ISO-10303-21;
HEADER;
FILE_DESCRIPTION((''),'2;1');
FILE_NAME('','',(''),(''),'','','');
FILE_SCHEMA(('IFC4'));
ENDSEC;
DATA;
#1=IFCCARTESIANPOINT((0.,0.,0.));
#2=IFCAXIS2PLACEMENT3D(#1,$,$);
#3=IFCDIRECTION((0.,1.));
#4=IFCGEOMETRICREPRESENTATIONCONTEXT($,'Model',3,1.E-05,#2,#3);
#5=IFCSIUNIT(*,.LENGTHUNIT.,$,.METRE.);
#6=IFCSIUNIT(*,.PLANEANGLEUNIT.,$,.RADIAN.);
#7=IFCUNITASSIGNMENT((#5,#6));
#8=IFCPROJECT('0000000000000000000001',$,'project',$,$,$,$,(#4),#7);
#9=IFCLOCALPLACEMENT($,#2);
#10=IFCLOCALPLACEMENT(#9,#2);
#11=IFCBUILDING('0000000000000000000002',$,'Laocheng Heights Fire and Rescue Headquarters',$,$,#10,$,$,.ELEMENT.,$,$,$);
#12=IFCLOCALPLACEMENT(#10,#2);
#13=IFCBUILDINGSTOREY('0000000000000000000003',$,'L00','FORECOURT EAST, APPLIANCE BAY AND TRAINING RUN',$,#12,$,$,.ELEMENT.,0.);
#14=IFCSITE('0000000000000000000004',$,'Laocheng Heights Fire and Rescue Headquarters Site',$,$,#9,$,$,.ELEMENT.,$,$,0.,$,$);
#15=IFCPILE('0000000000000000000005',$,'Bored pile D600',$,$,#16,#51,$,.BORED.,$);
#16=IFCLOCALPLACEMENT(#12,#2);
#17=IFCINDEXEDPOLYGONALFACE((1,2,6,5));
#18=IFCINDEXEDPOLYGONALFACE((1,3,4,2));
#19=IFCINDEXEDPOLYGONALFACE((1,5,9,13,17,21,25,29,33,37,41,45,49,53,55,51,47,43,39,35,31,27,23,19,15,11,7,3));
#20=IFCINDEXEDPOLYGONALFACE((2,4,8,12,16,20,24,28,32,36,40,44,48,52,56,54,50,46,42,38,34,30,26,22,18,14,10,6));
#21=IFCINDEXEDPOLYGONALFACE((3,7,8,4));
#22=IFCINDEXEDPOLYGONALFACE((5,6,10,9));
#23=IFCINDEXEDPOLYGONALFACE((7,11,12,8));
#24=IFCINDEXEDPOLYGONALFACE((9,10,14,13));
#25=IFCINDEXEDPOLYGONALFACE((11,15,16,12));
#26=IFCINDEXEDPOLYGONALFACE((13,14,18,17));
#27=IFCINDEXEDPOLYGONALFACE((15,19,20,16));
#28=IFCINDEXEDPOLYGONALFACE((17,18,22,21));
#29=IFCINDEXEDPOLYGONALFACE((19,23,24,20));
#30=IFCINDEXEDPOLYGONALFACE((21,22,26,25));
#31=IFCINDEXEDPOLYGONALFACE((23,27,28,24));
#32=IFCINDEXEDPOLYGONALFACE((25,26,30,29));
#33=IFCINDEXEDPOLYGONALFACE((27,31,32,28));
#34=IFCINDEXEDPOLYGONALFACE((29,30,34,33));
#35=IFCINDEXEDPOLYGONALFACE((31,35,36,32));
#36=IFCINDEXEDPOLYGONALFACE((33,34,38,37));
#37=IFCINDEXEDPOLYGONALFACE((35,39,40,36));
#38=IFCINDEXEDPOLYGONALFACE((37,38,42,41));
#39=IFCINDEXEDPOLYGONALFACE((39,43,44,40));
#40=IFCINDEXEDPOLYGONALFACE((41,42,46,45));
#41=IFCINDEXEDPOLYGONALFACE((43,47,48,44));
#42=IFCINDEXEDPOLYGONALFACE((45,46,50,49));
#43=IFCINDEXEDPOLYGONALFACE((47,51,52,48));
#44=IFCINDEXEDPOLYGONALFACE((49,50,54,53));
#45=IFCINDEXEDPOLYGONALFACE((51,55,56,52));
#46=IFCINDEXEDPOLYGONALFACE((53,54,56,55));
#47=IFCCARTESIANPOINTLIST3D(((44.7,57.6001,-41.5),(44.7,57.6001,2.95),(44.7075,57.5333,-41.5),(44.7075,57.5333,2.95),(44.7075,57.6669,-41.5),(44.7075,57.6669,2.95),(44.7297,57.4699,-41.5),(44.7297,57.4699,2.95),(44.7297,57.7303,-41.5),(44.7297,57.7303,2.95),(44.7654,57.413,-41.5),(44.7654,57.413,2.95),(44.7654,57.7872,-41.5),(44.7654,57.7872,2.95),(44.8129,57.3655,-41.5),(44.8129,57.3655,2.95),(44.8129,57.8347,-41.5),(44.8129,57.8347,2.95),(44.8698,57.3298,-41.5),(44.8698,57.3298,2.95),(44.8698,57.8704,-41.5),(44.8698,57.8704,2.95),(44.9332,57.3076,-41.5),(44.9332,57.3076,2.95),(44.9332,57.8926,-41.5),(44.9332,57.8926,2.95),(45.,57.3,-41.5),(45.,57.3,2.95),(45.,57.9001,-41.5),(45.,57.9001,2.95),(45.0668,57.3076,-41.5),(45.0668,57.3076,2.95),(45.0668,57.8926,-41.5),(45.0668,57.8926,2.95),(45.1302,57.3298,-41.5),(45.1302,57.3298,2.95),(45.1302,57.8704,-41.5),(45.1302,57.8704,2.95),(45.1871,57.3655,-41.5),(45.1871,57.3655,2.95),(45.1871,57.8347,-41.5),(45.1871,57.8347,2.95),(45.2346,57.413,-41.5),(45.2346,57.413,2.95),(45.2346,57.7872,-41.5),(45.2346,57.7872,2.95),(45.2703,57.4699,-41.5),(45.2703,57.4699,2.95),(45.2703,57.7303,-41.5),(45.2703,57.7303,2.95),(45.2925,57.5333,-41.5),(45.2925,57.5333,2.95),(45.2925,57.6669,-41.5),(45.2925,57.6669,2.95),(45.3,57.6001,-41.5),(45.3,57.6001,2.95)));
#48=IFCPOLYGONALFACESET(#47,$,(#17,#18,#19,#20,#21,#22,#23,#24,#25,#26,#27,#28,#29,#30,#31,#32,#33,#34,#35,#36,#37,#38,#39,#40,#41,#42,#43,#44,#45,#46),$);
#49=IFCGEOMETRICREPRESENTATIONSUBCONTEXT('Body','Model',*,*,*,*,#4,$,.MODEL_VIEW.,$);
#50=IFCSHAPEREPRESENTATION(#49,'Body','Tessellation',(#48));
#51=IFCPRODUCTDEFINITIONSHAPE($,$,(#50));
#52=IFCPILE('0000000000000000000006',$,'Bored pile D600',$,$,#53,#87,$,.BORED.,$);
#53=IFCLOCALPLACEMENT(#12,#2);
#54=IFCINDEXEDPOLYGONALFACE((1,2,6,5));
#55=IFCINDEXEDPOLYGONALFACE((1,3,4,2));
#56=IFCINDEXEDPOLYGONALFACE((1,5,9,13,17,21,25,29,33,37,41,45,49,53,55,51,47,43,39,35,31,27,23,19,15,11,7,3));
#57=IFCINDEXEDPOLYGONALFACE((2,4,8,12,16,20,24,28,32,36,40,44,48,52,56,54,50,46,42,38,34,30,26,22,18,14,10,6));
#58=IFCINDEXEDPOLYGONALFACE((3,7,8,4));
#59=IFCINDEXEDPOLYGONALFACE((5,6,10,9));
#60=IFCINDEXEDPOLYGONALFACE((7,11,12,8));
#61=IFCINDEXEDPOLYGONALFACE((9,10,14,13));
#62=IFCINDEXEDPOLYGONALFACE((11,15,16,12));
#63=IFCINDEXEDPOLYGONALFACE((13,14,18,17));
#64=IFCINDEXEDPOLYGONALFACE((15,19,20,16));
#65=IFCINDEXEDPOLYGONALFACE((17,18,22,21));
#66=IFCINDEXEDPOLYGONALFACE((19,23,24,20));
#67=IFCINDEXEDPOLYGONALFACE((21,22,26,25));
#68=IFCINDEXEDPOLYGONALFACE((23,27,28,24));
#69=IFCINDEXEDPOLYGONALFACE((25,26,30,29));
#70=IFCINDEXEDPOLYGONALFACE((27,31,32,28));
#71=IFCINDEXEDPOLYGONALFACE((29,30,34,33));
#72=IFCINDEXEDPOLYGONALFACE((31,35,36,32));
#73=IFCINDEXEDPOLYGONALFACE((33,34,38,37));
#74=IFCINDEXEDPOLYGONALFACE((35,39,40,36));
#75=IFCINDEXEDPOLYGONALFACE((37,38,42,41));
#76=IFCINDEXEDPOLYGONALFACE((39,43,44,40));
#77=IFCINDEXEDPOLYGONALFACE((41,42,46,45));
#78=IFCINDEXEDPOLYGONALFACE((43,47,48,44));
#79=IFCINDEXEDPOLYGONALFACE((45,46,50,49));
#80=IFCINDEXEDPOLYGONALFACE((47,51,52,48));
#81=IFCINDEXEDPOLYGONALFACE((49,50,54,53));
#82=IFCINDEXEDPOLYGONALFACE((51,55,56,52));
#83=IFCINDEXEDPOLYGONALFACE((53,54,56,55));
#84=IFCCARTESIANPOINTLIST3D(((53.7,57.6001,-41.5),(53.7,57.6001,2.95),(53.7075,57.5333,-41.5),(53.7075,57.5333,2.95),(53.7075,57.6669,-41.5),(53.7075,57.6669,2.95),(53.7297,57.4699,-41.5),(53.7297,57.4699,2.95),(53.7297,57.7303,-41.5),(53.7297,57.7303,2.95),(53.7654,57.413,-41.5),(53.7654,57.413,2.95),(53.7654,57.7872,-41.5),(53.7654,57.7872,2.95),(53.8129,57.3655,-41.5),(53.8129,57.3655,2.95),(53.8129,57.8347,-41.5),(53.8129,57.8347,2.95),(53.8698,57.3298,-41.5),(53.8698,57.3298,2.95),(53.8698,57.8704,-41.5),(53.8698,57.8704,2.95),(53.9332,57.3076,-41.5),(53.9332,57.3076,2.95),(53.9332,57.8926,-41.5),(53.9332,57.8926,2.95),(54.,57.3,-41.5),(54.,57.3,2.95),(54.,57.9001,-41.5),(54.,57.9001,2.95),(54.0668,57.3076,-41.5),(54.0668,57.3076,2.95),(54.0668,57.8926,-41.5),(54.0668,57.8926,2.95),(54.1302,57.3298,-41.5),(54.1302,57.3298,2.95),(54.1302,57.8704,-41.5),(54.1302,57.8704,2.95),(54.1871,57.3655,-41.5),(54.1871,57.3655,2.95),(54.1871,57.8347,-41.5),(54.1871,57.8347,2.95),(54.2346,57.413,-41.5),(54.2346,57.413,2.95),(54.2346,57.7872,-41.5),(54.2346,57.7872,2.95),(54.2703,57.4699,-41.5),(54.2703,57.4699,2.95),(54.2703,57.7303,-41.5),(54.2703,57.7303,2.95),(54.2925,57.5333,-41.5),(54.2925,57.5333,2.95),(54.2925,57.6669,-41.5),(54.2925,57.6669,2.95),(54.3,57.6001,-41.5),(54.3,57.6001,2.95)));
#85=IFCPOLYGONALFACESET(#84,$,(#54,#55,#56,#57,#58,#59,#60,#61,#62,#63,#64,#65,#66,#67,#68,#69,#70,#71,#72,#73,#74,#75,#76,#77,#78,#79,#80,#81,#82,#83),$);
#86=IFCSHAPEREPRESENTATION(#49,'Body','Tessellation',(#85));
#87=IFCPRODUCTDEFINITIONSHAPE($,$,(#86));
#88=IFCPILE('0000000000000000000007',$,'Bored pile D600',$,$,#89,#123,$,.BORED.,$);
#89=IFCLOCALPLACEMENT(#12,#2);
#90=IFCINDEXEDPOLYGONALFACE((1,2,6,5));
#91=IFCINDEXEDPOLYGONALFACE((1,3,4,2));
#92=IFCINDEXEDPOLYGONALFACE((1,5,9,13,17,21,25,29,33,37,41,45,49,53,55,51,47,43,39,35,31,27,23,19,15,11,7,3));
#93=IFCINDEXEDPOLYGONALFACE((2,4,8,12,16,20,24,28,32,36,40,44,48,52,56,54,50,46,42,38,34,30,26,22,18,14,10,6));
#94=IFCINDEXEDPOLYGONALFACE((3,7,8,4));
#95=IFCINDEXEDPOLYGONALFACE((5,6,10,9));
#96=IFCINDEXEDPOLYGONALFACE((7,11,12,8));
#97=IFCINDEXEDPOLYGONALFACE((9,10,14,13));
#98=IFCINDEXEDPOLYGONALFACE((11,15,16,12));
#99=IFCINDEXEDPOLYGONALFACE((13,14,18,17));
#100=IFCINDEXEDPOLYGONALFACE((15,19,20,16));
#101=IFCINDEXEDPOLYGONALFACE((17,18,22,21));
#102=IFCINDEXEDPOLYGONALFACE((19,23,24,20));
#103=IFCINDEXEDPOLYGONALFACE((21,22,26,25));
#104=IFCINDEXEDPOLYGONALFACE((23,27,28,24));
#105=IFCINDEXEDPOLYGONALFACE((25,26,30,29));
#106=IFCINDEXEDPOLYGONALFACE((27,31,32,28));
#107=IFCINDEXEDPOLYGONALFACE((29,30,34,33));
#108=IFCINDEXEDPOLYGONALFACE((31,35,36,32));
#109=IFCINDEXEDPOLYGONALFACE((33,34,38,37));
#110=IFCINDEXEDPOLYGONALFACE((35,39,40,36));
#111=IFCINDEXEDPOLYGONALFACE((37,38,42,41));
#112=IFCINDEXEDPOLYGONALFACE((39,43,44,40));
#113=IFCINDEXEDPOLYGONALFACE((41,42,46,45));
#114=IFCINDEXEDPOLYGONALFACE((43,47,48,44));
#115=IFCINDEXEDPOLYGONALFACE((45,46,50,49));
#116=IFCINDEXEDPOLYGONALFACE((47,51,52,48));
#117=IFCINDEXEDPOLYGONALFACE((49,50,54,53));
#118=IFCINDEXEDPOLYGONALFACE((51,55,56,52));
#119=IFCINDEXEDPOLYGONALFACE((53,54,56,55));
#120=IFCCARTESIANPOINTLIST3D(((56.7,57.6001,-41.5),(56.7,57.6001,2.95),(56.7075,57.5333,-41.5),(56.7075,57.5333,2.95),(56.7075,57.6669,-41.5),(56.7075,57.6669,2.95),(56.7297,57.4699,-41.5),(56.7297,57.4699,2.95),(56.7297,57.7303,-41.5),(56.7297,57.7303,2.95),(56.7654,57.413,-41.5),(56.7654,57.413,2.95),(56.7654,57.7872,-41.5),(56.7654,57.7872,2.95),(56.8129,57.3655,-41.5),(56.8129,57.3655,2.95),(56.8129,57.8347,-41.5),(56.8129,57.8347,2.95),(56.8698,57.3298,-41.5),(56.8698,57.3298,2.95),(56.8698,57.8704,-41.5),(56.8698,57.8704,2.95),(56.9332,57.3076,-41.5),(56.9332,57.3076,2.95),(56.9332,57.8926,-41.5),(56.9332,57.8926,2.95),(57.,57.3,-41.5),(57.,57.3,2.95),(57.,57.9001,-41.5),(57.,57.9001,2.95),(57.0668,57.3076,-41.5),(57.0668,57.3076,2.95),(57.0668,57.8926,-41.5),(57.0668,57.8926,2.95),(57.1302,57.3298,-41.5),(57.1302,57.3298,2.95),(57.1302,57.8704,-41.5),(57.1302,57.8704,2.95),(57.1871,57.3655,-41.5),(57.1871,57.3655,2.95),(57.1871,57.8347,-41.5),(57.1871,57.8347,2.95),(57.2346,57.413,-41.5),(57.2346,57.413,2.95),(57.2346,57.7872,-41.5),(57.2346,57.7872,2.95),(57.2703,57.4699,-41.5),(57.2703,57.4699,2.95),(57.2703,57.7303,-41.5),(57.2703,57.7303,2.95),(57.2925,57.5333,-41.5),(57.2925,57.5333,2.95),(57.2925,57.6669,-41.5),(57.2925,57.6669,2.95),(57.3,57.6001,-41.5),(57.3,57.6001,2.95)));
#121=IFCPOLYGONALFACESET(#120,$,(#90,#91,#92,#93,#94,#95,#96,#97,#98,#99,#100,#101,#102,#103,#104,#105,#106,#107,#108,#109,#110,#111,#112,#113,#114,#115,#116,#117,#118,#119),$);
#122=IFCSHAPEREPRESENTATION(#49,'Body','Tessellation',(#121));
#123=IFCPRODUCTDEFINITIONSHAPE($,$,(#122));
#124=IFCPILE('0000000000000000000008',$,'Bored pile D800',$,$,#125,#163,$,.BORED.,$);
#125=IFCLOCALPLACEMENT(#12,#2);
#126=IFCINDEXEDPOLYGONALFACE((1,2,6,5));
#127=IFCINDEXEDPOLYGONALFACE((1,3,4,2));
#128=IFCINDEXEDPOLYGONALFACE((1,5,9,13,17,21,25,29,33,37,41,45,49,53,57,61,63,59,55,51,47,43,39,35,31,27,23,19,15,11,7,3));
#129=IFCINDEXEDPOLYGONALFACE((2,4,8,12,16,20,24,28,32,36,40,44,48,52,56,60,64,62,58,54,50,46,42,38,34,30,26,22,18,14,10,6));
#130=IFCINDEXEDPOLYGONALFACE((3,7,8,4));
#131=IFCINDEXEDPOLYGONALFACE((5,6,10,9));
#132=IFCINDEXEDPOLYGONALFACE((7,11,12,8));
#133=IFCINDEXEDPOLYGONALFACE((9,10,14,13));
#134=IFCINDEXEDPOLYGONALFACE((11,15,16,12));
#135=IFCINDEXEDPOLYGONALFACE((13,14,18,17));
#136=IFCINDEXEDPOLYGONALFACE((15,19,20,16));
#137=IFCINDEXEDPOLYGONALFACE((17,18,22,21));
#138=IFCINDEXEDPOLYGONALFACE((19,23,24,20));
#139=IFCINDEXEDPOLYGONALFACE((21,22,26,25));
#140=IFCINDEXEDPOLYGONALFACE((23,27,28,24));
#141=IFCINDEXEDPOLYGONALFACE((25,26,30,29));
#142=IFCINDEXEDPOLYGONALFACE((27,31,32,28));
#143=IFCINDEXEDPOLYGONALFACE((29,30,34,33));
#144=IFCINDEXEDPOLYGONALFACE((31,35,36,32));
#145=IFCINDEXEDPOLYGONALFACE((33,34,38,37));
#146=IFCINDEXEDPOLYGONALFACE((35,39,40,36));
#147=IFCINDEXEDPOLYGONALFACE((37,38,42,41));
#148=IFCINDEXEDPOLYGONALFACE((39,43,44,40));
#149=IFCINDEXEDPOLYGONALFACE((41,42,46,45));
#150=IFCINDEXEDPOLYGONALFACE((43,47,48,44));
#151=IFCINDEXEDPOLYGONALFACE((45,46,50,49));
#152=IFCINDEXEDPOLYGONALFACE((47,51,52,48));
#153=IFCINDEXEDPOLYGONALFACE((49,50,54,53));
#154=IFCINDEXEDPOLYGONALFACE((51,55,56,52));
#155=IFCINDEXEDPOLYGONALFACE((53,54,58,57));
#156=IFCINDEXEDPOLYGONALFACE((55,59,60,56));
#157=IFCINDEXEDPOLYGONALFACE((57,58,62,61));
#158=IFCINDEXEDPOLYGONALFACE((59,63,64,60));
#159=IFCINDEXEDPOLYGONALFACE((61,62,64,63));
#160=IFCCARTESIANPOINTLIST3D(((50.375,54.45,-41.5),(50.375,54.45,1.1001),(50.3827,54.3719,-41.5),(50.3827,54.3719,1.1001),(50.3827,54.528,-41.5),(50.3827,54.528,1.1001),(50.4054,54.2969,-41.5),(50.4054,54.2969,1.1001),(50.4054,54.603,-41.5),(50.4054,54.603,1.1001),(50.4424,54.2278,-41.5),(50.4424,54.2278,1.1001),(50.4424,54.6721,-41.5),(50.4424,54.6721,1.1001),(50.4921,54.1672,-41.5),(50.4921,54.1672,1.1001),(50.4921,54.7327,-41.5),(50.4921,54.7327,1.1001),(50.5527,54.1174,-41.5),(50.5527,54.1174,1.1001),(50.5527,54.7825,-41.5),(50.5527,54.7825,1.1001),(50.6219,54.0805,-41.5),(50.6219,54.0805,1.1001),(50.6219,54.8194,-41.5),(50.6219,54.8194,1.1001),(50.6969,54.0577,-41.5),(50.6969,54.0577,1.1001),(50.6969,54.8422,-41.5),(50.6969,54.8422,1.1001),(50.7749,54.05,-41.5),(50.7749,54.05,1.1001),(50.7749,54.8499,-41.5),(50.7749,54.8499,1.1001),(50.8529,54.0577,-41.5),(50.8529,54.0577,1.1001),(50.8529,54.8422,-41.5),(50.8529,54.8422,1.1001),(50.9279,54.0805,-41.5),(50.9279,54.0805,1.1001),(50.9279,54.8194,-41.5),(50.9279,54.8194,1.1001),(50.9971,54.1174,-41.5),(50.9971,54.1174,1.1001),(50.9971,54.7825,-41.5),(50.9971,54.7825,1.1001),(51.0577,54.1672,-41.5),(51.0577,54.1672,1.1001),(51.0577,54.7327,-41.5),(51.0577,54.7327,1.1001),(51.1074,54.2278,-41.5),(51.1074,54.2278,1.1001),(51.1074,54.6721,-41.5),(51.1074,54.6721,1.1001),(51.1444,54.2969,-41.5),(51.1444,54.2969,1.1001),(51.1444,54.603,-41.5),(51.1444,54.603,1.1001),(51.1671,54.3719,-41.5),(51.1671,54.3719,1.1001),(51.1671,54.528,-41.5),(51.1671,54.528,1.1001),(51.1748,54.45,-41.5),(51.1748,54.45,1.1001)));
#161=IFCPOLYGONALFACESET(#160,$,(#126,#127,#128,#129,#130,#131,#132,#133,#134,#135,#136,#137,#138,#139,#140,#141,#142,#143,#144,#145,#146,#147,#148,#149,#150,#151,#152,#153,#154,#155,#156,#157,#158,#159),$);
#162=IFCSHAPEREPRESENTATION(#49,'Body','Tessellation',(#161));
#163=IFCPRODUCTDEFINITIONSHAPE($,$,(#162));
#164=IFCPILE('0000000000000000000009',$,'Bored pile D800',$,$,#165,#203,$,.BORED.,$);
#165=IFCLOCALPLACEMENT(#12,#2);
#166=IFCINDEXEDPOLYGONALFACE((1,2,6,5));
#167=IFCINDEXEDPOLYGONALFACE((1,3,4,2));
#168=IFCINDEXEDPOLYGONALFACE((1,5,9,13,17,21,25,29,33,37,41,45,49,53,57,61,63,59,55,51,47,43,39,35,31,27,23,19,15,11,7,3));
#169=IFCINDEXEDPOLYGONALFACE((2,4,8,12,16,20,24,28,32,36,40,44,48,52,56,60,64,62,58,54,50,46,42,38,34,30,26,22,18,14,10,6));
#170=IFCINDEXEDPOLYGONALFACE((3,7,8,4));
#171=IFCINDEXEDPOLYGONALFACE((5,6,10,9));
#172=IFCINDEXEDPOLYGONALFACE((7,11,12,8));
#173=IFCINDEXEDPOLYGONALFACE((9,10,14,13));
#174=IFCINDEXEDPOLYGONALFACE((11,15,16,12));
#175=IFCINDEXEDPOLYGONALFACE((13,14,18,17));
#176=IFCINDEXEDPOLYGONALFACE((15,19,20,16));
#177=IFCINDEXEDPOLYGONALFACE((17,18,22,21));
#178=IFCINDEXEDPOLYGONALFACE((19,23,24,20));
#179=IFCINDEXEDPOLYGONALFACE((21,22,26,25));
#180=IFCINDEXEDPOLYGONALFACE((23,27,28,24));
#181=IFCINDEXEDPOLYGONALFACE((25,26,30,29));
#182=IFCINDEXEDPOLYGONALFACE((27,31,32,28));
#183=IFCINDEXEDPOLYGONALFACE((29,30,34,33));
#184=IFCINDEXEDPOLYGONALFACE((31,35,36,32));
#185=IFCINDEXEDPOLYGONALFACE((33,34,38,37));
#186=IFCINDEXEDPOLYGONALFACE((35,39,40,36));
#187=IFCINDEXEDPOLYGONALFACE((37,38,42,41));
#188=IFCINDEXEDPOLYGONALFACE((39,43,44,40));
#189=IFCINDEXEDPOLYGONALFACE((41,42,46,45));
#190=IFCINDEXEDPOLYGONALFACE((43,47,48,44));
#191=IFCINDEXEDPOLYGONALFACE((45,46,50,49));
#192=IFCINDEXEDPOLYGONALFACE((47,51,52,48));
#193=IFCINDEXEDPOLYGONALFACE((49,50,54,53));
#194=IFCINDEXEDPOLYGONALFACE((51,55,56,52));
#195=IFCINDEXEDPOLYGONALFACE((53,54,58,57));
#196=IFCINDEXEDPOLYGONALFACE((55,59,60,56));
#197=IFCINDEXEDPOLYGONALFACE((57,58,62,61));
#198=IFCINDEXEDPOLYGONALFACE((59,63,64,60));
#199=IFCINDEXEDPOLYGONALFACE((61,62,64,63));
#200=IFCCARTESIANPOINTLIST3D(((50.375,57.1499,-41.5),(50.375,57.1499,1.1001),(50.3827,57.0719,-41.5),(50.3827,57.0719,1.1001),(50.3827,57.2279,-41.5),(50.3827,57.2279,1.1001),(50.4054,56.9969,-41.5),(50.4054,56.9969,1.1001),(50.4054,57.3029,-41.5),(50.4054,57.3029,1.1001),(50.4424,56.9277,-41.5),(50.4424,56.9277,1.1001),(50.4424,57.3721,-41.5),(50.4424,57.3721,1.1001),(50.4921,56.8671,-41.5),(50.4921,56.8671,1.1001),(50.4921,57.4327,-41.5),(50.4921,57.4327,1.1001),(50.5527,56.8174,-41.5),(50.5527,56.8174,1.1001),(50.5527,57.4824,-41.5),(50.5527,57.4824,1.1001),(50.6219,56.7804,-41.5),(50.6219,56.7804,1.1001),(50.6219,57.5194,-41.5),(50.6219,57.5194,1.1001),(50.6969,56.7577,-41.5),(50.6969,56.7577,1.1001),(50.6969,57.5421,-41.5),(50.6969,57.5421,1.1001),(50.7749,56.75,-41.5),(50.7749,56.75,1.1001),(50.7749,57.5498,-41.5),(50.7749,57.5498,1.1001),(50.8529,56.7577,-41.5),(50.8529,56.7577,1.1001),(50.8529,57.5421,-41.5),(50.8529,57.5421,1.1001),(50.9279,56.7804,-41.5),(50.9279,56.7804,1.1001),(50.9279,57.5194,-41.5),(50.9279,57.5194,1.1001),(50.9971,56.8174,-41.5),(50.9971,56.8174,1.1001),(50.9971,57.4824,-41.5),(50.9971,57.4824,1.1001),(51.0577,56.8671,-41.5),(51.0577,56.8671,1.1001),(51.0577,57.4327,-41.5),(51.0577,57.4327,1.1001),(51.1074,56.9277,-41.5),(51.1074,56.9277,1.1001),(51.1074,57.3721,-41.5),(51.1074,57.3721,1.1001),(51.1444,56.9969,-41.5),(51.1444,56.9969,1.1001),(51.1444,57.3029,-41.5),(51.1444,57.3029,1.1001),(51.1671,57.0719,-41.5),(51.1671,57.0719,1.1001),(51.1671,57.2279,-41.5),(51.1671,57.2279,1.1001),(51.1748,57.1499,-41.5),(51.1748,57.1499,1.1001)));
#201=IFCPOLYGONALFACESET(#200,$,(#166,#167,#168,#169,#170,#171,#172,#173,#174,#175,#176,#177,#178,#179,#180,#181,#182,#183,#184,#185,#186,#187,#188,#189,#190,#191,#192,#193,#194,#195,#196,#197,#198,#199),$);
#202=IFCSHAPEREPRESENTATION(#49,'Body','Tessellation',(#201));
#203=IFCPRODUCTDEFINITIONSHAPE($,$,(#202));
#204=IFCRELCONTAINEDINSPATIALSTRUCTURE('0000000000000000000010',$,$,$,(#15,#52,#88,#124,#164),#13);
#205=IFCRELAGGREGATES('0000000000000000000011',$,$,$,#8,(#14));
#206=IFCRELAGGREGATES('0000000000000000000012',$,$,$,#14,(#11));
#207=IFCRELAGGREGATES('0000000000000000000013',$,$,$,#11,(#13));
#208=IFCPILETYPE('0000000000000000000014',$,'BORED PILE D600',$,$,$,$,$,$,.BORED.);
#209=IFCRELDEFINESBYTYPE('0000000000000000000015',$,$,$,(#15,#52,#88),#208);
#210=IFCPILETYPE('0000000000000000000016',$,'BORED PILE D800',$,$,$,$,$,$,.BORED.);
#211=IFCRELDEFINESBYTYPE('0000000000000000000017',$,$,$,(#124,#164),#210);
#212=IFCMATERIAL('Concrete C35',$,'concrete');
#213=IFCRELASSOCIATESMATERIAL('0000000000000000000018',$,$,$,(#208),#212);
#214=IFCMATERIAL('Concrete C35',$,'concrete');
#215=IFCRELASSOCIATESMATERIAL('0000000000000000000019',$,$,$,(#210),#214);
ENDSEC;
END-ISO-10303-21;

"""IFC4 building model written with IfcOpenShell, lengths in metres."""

from ifc_helpers import new_model, si_unit, direction, frame, origin, origin_2d, place, context, subcontext, project, spatial, circle, extrude, material, material_profile, profile_set, type_object, element, save


model = new_model("IFC4")

# Units and contexts
model_context = context("Model", 3, precision=1e-05, world=origin(), true_north=direction((0.0, 1.0)))
body_context = subcontext(model_context, "Body", "Model", "MODEL_VIEW")
ifc_project = project(units=[si_unit("LENGTHUNIT", "METRE"), si_unit("PLANEANGLEUNIT", "RADIAN")], contexts=[model_context])

# Site, building, storey
site_placement = place(None, origin())
site = spatial("IfcSite", under=ifc_project, at=site_placement, Name="Laocheng Heights Fire and Rescue Headquarters Site", CompositionType="ELEMENT", RefElevation=0.0)
building_placement = place(site_placement, origin())
building = spatial("IfcBuilding", under=site, at=building_placement, Name="Laocheng Heights Fire and Rescue Headquarters", CompositionType="ELEMENT")
storey_placement = place(building_placement, origin())
storey = spatial("IfcBuildingStorey", under=building, at=storey_placement, Name="L00", Description="FORECOURT EAST, APPLIANCE BAY AND TRAINING RUN", CompositionType="ELEMENT", Elevation=0.0)

# Piles
ifc_material_1 = material(Name="Concrete C35", Category="concrete")
ifc_material_profile_1 = material_profile(ifc_material_1, circle(Radius=0.3, at=origin_2d()), Name="BORED PILE D600")
ifc_profile_set_1 = profile_set([ifc_material_profile_1], Name="Concrete C35")
pile_type_1 = type_object("IfcPileType", Name="BORED PILE D600", PredefinedType="BORED", material=ifc_profile_set_1)
for number, where, z_axis, x_axis, name in (
    (1, (45.0, 57.6001, 2.95), (0.0, 0.0, -1.0), (1.0, 0.0, 0.0), "Bored pile D600"),
    (2, (54.0, 57.6001, 2.95), (0.0, 0.0, -1.0), (1.0, 0.0, 0.0), "Bored pile D600"),
    (3, (57.0, 57.6001, 2.95), (0.0, 0.0, -1.0), (1.0, 0.0, 0.0), "Bored pile D600"),
):
    element("IfcPile", number, at=place(storey_placement, frame(where, z_axis=z_axis, x_axis=x_axis)), inside=storey, type_object=pile_type_1, Name=name, PredefinedType="BORED", context=body_context, shape_type="SweptSolid", body=[
        extrude(circle(Radius=0.3, at=origin_2d()), origin(), (0.0, 0.0, 1.0), 44.45),
    ])
ifc_material_2 = material(Name="Concrete C35", Category="concrete")
ifc_material_profile_2 = material_profile(ifc_material_2, circle(Radius=0.3999, at=origin_2d()), Name="BORED PILE D800")
ifc_profile_set_2 = profile_set([ifc_material_profile_2], Name="Concrete C35")
pile_type_2 = type_object("IfcPileType", Name="BORED PILE D800", PredefinedType="BORED", material=ifc_profile_set_2)
for number, where, z_axis, x_axis, name in (
    (4, (50.7749, 54.45, 1.1001), (0.0, 0.0, -1.0), (1.0, 0.0, 0.0), "Bored pile D800"),
    (5, (50.7749, 57.1499, 1.1001), (0.0, 0.0, -1.0), (1.0, 0.0, 0.0), "Bored pile D800"),
):
    element("IfcPile", number, at=place(storey_placement, frame(where, z_axis=z_axis, x_axis=x_axis)), inside=storey, type_object=pile_type_2, Name=name, PredefinedType="BORED", context=body_context, shape_type="SweptSolid", body=[
        extrude(circle(Radius=0.3999, at=origin_2d()), origin(), (0.0, 0.0, 1.0), 42.6001),
    ])

save(model, "model.ifc")
